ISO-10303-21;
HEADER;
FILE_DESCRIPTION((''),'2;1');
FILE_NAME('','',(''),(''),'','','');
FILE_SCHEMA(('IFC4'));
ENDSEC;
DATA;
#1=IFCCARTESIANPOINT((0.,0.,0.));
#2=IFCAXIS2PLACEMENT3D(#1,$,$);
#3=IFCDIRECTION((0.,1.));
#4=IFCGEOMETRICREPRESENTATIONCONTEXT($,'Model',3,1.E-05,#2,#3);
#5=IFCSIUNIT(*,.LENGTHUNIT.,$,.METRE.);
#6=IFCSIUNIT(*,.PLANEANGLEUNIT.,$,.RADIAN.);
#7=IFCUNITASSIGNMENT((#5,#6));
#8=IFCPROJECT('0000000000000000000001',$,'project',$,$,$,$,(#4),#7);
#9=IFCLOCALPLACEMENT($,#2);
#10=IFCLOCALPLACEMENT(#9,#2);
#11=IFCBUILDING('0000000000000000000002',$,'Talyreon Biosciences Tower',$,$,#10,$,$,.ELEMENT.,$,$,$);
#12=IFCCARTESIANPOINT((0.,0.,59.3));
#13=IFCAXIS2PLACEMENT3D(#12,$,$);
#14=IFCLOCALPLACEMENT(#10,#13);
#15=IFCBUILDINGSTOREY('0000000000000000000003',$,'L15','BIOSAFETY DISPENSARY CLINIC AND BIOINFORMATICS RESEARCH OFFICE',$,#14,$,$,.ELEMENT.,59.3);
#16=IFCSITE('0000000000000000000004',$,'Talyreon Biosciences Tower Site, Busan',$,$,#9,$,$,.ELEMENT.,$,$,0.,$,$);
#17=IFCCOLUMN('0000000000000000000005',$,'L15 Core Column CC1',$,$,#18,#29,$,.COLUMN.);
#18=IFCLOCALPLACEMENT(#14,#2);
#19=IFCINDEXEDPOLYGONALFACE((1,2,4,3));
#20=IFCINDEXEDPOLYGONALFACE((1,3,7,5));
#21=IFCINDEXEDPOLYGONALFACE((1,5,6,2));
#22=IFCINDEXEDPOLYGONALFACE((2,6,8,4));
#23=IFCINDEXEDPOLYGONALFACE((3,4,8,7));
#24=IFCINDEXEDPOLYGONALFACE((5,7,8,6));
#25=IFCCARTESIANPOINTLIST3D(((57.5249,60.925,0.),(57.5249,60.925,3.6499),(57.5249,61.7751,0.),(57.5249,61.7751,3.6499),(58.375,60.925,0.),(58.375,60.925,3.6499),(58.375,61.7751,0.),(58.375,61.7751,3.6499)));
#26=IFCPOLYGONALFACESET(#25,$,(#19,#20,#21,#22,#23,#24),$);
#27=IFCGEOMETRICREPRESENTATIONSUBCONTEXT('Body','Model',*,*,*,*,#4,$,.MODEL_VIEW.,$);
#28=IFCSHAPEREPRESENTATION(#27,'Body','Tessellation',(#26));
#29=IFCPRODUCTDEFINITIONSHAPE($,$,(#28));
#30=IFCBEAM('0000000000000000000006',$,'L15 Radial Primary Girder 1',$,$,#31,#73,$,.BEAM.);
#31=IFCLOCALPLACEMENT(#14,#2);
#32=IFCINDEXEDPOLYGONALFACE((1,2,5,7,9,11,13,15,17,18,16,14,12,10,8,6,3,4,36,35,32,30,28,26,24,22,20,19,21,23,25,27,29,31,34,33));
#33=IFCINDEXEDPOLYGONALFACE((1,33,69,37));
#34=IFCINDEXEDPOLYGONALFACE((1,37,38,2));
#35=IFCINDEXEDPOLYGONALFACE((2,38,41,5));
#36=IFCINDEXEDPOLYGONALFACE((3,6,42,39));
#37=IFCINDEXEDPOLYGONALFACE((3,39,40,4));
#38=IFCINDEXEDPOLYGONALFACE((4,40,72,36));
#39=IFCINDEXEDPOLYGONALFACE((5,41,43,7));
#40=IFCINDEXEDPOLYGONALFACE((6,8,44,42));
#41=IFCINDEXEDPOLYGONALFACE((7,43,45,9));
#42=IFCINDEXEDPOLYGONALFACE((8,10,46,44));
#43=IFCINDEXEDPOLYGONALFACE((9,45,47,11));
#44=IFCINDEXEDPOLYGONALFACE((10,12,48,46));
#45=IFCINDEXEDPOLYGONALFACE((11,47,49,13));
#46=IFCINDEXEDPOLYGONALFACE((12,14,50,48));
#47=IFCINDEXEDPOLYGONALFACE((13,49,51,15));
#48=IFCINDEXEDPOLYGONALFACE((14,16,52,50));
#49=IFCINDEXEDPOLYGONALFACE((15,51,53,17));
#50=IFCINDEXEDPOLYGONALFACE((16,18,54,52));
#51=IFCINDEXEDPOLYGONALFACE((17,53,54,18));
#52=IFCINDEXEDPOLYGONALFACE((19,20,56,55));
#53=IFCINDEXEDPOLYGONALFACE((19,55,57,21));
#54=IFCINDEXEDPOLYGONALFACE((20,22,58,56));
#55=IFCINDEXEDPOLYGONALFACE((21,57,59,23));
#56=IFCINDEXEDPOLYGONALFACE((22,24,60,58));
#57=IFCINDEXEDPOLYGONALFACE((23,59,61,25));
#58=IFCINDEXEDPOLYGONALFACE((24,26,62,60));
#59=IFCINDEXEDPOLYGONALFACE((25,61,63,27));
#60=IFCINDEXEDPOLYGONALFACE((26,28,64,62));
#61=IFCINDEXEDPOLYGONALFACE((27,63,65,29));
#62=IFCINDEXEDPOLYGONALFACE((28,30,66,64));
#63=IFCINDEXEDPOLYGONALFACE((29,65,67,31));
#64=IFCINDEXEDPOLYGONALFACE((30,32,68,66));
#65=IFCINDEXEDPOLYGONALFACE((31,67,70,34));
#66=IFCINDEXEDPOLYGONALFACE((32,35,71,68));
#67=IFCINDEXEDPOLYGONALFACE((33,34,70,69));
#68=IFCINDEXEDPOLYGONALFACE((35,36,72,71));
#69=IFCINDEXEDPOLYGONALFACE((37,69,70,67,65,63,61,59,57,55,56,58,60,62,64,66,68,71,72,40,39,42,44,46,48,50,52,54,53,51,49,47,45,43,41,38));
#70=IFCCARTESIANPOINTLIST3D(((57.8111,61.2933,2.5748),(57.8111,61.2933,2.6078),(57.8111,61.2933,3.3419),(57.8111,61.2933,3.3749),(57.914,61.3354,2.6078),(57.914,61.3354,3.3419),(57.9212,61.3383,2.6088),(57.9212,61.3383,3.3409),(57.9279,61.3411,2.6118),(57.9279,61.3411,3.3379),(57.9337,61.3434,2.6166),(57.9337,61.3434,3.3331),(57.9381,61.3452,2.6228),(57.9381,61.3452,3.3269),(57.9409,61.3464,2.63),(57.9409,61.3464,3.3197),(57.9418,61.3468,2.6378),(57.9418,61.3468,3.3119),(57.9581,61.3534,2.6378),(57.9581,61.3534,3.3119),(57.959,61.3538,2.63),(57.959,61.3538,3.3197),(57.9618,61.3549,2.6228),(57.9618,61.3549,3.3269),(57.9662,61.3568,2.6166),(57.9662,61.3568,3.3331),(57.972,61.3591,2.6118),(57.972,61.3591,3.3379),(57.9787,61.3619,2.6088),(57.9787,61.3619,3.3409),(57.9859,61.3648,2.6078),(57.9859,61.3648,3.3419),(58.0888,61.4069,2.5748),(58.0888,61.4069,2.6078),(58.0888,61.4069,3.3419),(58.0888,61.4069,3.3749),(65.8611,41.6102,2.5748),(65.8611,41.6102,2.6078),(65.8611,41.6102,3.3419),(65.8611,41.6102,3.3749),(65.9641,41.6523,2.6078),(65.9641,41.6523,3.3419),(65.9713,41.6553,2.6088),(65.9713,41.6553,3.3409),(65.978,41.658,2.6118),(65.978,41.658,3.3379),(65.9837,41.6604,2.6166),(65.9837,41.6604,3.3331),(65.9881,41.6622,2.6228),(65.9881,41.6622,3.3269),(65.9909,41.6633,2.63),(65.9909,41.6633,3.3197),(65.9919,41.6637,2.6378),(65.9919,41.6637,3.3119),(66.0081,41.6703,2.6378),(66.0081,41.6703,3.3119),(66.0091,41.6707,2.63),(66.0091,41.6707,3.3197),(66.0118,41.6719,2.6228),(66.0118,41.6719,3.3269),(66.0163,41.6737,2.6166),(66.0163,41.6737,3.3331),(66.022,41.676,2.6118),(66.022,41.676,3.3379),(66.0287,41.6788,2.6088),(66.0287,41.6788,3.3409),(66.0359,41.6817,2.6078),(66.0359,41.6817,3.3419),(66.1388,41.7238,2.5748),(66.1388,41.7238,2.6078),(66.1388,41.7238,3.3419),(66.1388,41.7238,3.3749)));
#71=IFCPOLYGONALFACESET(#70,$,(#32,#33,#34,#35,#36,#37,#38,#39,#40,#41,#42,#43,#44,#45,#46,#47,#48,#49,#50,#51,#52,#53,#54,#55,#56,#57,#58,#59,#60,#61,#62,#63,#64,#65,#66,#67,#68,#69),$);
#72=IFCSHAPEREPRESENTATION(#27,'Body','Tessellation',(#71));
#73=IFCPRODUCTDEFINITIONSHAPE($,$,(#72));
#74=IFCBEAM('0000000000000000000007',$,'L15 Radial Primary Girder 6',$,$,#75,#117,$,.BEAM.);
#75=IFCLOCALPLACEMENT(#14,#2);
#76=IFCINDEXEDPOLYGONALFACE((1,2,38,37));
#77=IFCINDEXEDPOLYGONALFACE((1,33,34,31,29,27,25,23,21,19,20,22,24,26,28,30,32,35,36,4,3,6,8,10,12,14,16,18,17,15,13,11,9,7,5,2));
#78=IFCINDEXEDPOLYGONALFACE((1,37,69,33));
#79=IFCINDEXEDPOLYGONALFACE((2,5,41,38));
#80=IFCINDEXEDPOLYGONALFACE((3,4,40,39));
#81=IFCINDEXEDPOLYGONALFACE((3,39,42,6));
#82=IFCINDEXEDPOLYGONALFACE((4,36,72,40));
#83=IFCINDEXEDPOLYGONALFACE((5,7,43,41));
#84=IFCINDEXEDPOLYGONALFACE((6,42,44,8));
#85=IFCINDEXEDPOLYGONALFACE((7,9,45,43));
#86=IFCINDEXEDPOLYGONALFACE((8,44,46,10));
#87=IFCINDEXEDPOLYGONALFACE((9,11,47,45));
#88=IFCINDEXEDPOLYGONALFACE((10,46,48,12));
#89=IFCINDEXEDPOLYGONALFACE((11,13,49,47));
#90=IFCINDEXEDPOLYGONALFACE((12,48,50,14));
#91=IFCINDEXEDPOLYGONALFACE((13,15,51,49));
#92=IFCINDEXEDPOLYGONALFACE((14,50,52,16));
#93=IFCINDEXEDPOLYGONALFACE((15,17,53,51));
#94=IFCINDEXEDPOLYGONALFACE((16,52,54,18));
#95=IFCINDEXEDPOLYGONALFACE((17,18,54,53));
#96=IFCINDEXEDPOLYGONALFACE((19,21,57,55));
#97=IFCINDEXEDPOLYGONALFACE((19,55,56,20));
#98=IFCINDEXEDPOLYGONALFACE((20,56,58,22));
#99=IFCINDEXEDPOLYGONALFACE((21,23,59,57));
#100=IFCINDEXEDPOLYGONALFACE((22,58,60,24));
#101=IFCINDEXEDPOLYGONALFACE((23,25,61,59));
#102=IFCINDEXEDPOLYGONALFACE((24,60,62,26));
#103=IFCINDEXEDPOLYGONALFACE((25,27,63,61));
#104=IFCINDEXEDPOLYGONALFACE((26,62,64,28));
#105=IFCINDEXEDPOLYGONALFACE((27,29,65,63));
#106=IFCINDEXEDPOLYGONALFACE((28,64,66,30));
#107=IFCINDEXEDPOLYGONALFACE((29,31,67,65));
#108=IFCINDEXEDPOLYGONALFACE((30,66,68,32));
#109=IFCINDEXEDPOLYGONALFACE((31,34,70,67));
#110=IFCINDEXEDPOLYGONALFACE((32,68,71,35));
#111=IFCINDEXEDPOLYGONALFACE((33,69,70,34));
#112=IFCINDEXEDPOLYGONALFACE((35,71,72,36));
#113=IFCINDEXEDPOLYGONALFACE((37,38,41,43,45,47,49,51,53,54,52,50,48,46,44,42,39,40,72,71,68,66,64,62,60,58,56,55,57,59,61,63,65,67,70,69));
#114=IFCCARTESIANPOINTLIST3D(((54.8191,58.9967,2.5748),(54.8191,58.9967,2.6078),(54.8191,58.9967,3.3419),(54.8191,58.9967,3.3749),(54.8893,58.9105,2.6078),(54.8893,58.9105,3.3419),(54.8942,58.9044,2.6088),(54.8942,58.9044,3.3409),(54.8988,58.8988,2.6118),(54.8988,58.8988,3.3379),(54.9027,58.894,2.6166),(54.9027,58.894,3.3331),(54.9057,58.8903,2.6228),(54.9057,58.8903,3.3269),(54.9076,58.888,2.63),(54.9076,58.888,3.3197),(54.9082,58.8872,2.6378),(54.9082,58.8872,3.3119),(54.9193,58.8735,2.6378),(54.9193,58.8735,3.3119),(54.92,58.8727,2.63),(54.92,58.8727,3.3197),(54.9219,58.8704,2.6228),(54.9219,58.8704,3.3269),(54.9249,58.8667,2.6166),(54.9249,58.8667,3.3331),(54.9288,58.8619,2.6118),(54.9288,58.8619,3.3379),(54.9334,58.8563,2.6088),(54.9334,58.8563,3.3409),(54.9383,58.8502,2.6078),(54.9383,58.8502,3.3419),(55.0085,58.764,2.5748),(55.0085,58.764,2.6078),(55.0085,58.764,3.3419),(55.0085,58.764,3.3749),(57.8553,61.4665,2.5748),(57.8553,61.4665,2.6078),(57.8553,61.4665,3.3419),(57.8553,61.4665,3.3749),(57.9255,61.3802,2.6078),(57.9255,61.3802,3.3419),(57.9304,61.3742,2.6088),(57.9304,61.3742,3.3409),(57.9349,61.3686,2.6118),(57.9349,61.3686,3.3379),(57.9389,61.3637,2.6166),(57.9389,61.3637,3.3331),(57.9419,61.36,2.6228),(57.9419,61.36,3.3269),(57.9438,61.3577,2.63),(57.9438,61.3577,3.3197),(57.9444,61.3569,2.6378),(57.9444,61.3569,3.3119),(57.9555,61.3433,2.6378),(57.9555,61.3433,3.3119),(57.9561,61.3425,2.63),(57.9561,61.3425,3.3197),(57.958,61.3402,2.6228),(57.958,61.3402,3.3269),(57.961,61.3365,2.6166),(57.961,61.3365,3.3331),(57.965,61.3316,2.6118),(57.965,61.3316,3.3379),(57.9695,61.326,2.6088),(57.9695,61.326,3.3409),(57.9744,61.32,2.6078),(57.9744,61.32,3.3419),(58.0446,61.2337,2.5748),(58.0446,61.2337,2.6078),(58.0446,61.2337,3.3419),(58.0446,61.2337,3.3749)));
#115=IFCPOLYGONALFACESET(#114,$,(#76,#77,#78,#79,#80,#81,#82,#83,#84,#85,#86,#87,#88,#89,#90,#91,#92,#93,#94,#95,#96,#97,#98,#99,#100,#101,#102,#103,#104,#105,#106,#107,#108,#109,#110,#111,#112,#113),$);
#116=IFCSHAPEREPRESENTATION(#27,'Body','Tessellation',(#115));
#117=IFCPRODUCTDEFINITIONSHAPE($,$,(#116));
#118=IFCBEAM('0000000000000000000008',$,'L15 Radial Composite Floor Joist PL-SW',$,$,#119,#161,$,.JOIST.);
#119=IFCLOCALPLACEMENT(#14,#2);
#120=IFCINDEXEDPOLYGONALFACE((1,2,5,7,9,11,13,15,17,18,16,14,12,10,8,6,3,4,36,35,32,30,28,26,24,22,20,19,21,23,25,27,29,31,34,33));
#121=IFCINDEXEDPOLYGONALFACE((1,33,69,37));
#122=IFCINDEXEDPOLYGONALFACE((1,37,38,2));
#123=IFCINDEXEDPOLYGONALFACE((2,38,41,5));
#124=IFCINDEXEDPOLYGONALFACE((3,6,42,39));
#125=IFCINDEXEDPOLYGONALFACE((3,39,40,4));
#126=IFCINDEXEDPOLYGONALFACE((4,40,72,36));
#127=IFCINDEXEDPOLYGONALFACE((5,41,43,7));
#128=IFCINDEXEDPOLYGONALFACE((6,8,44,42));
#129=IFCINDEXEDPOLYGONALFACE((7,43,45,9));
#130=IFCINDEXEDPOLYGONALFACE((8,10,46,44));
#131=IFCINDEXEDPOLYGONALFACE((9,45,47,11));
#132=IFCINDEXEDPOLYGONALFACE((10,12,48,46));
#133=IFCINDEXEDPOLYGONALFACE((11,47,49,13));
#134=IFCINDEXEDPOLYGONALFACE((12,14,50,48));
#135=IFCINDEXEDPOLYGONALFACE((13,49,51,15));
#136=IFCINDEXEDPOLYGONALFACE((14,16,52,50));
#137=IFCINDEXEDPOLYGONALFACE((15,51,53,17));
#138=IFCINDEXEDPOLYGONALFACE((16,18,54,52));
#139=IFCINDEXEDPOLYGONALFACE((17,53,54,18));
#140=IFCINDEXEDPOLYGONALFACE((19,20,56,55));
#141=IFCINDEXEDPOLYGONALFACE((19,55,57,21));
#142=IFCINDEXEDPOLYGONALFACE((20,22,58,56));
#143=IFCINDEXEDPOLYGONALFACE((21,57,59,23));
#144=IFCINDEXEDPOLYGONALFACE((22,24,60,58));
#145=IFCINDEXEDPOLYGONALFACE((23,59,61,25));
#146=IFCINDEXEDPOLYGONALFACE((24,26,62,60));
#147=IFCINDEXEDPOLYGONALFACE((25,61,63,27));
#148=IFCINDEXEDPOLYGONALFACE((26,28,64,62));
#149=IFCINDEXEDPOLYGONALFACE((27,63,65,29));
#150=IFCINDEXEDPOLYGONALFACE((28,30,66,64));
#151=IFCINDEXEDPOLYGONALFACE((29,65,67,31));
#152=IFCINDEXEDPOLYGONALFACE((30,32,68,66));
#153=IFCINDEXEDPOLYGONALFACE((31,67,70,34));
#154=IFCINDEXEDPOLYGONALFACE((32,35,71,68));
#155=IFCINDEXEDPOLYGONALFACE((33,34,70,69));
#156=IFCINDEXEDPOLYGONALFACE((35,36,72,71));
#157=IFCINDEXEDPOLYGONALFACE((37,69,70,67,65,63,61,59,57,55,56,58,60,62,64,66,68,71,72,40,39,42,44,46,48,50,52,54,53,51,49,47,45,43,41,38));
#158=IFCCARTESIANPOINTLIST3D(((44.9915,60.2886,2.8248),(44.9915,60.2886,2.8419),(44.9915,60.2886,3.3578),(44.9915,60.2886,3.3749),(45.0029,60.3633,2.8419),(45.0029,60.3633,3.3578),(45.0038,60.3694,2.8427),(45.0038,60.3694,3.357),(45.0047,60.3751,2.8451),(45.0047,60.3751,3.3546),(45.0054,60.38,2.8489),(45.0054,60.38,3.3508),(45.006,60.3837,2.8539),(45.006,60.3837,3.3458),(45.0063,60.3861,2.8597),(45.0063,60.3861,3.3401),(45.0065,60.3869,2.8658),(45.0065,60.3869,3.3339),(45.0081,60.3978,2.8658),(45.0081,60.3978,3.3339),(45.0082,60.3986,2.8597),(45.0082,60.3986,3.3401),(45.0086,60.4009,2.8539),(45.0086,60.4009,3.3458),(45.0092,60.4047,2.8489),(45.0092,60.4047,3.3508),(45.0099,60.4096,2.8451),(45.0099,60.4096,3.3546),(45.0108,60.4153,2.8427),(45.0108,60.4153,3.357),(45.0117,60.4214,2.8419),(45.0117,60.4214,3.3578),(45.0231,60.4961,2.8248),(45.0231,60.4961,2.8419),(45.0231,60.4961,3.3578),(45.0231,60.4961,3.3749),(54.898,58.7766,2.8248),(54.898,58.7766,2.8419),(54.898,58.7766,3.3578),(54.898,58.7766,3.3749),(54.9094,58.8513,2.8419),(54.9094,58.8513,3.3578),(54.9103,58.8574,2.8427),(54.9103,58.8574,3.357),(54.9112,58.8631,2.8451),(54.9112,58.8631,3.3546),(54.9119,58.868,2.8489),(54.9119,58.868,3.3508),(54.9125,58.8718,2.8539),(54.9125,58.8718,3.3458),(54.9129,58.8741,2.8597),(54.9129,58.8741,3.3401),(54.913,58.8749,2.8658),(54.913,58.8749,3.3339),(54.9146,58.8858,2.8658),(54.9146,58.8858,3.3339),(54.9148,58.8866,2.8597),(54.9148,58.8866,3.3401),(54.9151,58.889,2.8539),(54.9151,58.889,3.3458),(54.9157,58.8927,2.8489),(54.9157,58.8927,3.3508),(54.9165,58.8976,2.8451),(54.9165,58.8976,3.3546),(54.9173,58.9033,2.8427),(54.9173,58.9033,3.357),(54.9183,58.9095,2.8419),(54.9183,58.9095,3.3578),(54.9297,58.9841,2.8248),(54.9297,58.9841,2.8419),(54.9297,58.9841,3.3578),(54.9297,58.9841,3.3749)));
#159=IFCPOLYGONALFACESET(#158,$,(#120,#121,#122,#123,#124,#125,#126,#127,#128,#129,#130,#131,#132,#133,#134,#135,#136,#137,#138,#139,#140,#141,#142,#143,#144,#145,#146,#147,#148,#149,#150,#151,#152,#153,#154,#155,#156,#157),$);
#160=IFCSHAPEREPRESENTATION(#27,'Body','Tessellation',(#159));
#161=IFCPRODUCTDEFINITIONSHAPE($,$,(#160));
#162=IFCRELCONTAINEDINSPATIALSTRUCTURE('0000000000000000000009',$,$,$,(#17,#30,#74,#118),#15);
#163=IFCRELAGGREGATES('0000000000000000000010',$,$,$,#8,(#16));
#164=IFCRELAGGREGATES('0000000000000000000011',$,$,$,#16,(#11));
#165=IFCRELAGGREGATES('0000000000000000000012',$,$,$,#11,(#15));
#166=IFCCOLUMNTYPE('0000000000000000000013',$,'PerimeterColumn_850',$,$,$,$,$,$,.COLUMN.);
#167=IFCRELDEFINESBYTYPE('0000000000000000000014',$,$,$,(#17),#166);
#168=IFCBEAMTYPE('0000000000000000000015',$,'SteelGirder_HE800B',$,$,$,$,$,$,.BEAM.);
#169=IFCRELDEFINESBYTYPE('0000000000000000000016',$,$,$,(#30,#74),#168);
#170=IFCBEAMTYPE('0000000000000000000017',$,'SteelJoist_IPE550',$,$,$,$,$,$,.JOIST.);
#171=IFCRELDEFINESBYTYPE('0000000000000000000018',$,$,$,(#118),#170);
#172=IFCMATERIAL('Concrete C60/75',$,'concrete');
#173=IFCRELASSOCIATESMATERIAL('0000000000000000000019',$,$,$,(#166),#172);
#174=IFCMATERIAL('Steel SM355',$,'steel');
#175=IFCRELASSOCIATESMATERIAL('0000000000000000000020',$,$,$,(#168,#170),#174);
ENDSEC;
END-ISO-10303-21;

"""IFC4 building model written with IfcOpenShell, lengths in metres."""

from ifc_helpers import new_model, si_unit, direction, frame, origin, origin_2d, place, context, subcontext, project, spatial, rectangle, i_section, extrude, material, material_profile, profile_set, type_object, element, save


model = new_model("IFC4")

# Units and contexts
model_context = context("Model", 3, precision=1e-05, world=origin(), true_north=direction((0.0, 1.0)))
body_context = subcontext(model_context, "Body", "Model", "MODEL_VIEW")
ifc_project = project(units=[si_unit("LENGTHUNIT", "METRE"), si_unit("PLANEANGLEUNIT", "RADIAN")], contexts=[model_context])

# Site, building, storey
site_placement = place(None, origin())
site = spatial("IfcSite", under=ifc_project, at=site_placement, Name="Talyreon Biosciences Tower Site, Busan", CompositionType="ELEMENT", RefElevation=0.0)
building_placement = place(site_placement, origin())
building = spatial("IfcBuilding", under=site, at=building_placement, Name="Talyreon Biosciences Tower", CompositionType="ELEMENT")
storey_placement = place(building_placement, frame((0.0, 0.0, 59.3)))
storey = spatial("IfcBuildingStorey", under=building, at=storey_placement, Name="L15", Description="BIOSAFETY DISPENSARY CLINIC AND BIOINFORMATICS RESEARCH OFFICE", CompositionType="ELEMENT", Elevation=59.3)

# Column
ifc_material_1 = material(Name="Concrete C60/75", Category="concrete")
ifc_material_profile_1 = material_profile(ifc_material_1, rectangle(XDim=0.8501, YDim=0.8501, at=origin_2d()), Name="RC 850x850")
ifc_profile_set_1 = profile_set([ifc_material_profile_1], Name="Concrete C60/75")
column_type = type_object("IfcColumnType", Name="PerimeterColumn_850", PredefinedType="COLUMN", material=ifc_profile_set_1)
column_placement = place(storey_placement, frame((57.95, 61.3501, 0.0), z_axis=(0.0, 0.0, 1.0), x_axis=(1.0, 0.0, 0.0)))
element("IfcColumn", 1, at=column_placement, inside=storey, type_object=column_type, Name="L15 Core Column CC1", PredefinedType="COLUMN", context=body_context, shape_type="SweptSolid", body=[
    extrude(rectangle(XDim=0.8501, YDim=0.8501, at=origin_2d()), origin(), (0.0, 0.0, 1.0), 3.6499),
])

# Beams
ifc_material_2 = material(Name="Steel SM355", Category="steel")
ifc_material_profile_2 = material_profile(ifc_material_2, i_section(OverallWidth=0.3, OverallDepth=0.8, WebThickness=0.0176, FlangeThickness=0.033, FilletRadius=0.03, at=origin_2d()), Name="HE800B")
ifc_profile_set_2 = profile_set([ifc_material_profile_2], Name="Steel SM355")
beam_type_1 = type_object("IfcBeamType", Name="SteelGirder_HE800B", PredefinedType="BEAM", material=ifc_profile_set_2)
beam_1_placement = place(storey_placement, frame((57.95, 61.3501, 2.9749), z_axis=(0.378547, -0.925582, 0.0), x_axis=(0.925582, 0.378547, 0.0)))
element("IfcBeam", 2, at=beam_1_placement, inside=storey, type_object=beam_type_1, Name="L15 Radial Primary Girder 1", PredefinedType="BEAM", context=body_context, shape_type="SweptSolid", body=[
    extrude(i_section(OverallWidth=0.3, OverallDepth=0.8, WebThickness=0.0176, FlangeThickness=0.033, FilletRadius=0.03, at=origin_2d()), origin(), (0.0, 0.0, 1.0), 21.2656),
])
beam_2_placement = place(storey_placement, frame((57.95, 61.3501, 2.9749), z_axis=(-0.775755, -0.631034, 0.0), x_axis=(0.631034, -0.775755, 0.0)))
element("IfcBeam", 3, at=beam_2_placement, inside=storey, type_object=beam_type_1, Name="L15 Radial Primary Girder 6", PredefinedType="BEAM", context=body_context, shape_type="SweptSolid", body=[
    extrude(i_section(OverallWidth=0.3, OverallDepth=0.8, WebThickness=0.0176, FlangeThickness=0.033, FilletRadius=0.03, at=origin_2d()), origin(), (0.0, 0.0, 1.0), 3.9138),
])
ifc_material_profile_3 = material_profile(ifc_material_2, i_section(OverallWidth=0.21, OverallDepth=0.55, WebThickness=0.011, FlangeThickness=0.0171, FilletRadius=0.0239, at=origin_2d()), Name="IPE550")
ifc_profile_set_3 = profile_set([ifc_material_profile_3], Name="Steel SM355")
beam_type_2 = type_object("IfcBeamType", Name="SteelJoist_IPE550", PredefinedType="JOIST", material=ifc_profile_set_3)
beam_3_placement = place(storey_placement, frame((54.9138, 58.8804, 3.0999), z_axis=(-0.988553, 0.150876, 0.0), x_axis=(-0.150876, -0.988553, 0.0)))
element("IfcBeam", 4, at=beam_3_placement, inside=storey, type_object=beam_type_2, Name="L15 Radial Composite Floor Joist PL-SW", PredefinedType="JOIST", context=body_context, shape_type="SweptSolid", body=[
    extrude(i_section(OverallWidth=0.21, OverallDepth=0.55, WebThickness=0.011, FlangeThickness=0.0171, FilletRadius=0.0239, at=origin_2d()), origin(), (0.0, 0.0, 1.0), 10.0212),
])

save(model, "model.ifc")
